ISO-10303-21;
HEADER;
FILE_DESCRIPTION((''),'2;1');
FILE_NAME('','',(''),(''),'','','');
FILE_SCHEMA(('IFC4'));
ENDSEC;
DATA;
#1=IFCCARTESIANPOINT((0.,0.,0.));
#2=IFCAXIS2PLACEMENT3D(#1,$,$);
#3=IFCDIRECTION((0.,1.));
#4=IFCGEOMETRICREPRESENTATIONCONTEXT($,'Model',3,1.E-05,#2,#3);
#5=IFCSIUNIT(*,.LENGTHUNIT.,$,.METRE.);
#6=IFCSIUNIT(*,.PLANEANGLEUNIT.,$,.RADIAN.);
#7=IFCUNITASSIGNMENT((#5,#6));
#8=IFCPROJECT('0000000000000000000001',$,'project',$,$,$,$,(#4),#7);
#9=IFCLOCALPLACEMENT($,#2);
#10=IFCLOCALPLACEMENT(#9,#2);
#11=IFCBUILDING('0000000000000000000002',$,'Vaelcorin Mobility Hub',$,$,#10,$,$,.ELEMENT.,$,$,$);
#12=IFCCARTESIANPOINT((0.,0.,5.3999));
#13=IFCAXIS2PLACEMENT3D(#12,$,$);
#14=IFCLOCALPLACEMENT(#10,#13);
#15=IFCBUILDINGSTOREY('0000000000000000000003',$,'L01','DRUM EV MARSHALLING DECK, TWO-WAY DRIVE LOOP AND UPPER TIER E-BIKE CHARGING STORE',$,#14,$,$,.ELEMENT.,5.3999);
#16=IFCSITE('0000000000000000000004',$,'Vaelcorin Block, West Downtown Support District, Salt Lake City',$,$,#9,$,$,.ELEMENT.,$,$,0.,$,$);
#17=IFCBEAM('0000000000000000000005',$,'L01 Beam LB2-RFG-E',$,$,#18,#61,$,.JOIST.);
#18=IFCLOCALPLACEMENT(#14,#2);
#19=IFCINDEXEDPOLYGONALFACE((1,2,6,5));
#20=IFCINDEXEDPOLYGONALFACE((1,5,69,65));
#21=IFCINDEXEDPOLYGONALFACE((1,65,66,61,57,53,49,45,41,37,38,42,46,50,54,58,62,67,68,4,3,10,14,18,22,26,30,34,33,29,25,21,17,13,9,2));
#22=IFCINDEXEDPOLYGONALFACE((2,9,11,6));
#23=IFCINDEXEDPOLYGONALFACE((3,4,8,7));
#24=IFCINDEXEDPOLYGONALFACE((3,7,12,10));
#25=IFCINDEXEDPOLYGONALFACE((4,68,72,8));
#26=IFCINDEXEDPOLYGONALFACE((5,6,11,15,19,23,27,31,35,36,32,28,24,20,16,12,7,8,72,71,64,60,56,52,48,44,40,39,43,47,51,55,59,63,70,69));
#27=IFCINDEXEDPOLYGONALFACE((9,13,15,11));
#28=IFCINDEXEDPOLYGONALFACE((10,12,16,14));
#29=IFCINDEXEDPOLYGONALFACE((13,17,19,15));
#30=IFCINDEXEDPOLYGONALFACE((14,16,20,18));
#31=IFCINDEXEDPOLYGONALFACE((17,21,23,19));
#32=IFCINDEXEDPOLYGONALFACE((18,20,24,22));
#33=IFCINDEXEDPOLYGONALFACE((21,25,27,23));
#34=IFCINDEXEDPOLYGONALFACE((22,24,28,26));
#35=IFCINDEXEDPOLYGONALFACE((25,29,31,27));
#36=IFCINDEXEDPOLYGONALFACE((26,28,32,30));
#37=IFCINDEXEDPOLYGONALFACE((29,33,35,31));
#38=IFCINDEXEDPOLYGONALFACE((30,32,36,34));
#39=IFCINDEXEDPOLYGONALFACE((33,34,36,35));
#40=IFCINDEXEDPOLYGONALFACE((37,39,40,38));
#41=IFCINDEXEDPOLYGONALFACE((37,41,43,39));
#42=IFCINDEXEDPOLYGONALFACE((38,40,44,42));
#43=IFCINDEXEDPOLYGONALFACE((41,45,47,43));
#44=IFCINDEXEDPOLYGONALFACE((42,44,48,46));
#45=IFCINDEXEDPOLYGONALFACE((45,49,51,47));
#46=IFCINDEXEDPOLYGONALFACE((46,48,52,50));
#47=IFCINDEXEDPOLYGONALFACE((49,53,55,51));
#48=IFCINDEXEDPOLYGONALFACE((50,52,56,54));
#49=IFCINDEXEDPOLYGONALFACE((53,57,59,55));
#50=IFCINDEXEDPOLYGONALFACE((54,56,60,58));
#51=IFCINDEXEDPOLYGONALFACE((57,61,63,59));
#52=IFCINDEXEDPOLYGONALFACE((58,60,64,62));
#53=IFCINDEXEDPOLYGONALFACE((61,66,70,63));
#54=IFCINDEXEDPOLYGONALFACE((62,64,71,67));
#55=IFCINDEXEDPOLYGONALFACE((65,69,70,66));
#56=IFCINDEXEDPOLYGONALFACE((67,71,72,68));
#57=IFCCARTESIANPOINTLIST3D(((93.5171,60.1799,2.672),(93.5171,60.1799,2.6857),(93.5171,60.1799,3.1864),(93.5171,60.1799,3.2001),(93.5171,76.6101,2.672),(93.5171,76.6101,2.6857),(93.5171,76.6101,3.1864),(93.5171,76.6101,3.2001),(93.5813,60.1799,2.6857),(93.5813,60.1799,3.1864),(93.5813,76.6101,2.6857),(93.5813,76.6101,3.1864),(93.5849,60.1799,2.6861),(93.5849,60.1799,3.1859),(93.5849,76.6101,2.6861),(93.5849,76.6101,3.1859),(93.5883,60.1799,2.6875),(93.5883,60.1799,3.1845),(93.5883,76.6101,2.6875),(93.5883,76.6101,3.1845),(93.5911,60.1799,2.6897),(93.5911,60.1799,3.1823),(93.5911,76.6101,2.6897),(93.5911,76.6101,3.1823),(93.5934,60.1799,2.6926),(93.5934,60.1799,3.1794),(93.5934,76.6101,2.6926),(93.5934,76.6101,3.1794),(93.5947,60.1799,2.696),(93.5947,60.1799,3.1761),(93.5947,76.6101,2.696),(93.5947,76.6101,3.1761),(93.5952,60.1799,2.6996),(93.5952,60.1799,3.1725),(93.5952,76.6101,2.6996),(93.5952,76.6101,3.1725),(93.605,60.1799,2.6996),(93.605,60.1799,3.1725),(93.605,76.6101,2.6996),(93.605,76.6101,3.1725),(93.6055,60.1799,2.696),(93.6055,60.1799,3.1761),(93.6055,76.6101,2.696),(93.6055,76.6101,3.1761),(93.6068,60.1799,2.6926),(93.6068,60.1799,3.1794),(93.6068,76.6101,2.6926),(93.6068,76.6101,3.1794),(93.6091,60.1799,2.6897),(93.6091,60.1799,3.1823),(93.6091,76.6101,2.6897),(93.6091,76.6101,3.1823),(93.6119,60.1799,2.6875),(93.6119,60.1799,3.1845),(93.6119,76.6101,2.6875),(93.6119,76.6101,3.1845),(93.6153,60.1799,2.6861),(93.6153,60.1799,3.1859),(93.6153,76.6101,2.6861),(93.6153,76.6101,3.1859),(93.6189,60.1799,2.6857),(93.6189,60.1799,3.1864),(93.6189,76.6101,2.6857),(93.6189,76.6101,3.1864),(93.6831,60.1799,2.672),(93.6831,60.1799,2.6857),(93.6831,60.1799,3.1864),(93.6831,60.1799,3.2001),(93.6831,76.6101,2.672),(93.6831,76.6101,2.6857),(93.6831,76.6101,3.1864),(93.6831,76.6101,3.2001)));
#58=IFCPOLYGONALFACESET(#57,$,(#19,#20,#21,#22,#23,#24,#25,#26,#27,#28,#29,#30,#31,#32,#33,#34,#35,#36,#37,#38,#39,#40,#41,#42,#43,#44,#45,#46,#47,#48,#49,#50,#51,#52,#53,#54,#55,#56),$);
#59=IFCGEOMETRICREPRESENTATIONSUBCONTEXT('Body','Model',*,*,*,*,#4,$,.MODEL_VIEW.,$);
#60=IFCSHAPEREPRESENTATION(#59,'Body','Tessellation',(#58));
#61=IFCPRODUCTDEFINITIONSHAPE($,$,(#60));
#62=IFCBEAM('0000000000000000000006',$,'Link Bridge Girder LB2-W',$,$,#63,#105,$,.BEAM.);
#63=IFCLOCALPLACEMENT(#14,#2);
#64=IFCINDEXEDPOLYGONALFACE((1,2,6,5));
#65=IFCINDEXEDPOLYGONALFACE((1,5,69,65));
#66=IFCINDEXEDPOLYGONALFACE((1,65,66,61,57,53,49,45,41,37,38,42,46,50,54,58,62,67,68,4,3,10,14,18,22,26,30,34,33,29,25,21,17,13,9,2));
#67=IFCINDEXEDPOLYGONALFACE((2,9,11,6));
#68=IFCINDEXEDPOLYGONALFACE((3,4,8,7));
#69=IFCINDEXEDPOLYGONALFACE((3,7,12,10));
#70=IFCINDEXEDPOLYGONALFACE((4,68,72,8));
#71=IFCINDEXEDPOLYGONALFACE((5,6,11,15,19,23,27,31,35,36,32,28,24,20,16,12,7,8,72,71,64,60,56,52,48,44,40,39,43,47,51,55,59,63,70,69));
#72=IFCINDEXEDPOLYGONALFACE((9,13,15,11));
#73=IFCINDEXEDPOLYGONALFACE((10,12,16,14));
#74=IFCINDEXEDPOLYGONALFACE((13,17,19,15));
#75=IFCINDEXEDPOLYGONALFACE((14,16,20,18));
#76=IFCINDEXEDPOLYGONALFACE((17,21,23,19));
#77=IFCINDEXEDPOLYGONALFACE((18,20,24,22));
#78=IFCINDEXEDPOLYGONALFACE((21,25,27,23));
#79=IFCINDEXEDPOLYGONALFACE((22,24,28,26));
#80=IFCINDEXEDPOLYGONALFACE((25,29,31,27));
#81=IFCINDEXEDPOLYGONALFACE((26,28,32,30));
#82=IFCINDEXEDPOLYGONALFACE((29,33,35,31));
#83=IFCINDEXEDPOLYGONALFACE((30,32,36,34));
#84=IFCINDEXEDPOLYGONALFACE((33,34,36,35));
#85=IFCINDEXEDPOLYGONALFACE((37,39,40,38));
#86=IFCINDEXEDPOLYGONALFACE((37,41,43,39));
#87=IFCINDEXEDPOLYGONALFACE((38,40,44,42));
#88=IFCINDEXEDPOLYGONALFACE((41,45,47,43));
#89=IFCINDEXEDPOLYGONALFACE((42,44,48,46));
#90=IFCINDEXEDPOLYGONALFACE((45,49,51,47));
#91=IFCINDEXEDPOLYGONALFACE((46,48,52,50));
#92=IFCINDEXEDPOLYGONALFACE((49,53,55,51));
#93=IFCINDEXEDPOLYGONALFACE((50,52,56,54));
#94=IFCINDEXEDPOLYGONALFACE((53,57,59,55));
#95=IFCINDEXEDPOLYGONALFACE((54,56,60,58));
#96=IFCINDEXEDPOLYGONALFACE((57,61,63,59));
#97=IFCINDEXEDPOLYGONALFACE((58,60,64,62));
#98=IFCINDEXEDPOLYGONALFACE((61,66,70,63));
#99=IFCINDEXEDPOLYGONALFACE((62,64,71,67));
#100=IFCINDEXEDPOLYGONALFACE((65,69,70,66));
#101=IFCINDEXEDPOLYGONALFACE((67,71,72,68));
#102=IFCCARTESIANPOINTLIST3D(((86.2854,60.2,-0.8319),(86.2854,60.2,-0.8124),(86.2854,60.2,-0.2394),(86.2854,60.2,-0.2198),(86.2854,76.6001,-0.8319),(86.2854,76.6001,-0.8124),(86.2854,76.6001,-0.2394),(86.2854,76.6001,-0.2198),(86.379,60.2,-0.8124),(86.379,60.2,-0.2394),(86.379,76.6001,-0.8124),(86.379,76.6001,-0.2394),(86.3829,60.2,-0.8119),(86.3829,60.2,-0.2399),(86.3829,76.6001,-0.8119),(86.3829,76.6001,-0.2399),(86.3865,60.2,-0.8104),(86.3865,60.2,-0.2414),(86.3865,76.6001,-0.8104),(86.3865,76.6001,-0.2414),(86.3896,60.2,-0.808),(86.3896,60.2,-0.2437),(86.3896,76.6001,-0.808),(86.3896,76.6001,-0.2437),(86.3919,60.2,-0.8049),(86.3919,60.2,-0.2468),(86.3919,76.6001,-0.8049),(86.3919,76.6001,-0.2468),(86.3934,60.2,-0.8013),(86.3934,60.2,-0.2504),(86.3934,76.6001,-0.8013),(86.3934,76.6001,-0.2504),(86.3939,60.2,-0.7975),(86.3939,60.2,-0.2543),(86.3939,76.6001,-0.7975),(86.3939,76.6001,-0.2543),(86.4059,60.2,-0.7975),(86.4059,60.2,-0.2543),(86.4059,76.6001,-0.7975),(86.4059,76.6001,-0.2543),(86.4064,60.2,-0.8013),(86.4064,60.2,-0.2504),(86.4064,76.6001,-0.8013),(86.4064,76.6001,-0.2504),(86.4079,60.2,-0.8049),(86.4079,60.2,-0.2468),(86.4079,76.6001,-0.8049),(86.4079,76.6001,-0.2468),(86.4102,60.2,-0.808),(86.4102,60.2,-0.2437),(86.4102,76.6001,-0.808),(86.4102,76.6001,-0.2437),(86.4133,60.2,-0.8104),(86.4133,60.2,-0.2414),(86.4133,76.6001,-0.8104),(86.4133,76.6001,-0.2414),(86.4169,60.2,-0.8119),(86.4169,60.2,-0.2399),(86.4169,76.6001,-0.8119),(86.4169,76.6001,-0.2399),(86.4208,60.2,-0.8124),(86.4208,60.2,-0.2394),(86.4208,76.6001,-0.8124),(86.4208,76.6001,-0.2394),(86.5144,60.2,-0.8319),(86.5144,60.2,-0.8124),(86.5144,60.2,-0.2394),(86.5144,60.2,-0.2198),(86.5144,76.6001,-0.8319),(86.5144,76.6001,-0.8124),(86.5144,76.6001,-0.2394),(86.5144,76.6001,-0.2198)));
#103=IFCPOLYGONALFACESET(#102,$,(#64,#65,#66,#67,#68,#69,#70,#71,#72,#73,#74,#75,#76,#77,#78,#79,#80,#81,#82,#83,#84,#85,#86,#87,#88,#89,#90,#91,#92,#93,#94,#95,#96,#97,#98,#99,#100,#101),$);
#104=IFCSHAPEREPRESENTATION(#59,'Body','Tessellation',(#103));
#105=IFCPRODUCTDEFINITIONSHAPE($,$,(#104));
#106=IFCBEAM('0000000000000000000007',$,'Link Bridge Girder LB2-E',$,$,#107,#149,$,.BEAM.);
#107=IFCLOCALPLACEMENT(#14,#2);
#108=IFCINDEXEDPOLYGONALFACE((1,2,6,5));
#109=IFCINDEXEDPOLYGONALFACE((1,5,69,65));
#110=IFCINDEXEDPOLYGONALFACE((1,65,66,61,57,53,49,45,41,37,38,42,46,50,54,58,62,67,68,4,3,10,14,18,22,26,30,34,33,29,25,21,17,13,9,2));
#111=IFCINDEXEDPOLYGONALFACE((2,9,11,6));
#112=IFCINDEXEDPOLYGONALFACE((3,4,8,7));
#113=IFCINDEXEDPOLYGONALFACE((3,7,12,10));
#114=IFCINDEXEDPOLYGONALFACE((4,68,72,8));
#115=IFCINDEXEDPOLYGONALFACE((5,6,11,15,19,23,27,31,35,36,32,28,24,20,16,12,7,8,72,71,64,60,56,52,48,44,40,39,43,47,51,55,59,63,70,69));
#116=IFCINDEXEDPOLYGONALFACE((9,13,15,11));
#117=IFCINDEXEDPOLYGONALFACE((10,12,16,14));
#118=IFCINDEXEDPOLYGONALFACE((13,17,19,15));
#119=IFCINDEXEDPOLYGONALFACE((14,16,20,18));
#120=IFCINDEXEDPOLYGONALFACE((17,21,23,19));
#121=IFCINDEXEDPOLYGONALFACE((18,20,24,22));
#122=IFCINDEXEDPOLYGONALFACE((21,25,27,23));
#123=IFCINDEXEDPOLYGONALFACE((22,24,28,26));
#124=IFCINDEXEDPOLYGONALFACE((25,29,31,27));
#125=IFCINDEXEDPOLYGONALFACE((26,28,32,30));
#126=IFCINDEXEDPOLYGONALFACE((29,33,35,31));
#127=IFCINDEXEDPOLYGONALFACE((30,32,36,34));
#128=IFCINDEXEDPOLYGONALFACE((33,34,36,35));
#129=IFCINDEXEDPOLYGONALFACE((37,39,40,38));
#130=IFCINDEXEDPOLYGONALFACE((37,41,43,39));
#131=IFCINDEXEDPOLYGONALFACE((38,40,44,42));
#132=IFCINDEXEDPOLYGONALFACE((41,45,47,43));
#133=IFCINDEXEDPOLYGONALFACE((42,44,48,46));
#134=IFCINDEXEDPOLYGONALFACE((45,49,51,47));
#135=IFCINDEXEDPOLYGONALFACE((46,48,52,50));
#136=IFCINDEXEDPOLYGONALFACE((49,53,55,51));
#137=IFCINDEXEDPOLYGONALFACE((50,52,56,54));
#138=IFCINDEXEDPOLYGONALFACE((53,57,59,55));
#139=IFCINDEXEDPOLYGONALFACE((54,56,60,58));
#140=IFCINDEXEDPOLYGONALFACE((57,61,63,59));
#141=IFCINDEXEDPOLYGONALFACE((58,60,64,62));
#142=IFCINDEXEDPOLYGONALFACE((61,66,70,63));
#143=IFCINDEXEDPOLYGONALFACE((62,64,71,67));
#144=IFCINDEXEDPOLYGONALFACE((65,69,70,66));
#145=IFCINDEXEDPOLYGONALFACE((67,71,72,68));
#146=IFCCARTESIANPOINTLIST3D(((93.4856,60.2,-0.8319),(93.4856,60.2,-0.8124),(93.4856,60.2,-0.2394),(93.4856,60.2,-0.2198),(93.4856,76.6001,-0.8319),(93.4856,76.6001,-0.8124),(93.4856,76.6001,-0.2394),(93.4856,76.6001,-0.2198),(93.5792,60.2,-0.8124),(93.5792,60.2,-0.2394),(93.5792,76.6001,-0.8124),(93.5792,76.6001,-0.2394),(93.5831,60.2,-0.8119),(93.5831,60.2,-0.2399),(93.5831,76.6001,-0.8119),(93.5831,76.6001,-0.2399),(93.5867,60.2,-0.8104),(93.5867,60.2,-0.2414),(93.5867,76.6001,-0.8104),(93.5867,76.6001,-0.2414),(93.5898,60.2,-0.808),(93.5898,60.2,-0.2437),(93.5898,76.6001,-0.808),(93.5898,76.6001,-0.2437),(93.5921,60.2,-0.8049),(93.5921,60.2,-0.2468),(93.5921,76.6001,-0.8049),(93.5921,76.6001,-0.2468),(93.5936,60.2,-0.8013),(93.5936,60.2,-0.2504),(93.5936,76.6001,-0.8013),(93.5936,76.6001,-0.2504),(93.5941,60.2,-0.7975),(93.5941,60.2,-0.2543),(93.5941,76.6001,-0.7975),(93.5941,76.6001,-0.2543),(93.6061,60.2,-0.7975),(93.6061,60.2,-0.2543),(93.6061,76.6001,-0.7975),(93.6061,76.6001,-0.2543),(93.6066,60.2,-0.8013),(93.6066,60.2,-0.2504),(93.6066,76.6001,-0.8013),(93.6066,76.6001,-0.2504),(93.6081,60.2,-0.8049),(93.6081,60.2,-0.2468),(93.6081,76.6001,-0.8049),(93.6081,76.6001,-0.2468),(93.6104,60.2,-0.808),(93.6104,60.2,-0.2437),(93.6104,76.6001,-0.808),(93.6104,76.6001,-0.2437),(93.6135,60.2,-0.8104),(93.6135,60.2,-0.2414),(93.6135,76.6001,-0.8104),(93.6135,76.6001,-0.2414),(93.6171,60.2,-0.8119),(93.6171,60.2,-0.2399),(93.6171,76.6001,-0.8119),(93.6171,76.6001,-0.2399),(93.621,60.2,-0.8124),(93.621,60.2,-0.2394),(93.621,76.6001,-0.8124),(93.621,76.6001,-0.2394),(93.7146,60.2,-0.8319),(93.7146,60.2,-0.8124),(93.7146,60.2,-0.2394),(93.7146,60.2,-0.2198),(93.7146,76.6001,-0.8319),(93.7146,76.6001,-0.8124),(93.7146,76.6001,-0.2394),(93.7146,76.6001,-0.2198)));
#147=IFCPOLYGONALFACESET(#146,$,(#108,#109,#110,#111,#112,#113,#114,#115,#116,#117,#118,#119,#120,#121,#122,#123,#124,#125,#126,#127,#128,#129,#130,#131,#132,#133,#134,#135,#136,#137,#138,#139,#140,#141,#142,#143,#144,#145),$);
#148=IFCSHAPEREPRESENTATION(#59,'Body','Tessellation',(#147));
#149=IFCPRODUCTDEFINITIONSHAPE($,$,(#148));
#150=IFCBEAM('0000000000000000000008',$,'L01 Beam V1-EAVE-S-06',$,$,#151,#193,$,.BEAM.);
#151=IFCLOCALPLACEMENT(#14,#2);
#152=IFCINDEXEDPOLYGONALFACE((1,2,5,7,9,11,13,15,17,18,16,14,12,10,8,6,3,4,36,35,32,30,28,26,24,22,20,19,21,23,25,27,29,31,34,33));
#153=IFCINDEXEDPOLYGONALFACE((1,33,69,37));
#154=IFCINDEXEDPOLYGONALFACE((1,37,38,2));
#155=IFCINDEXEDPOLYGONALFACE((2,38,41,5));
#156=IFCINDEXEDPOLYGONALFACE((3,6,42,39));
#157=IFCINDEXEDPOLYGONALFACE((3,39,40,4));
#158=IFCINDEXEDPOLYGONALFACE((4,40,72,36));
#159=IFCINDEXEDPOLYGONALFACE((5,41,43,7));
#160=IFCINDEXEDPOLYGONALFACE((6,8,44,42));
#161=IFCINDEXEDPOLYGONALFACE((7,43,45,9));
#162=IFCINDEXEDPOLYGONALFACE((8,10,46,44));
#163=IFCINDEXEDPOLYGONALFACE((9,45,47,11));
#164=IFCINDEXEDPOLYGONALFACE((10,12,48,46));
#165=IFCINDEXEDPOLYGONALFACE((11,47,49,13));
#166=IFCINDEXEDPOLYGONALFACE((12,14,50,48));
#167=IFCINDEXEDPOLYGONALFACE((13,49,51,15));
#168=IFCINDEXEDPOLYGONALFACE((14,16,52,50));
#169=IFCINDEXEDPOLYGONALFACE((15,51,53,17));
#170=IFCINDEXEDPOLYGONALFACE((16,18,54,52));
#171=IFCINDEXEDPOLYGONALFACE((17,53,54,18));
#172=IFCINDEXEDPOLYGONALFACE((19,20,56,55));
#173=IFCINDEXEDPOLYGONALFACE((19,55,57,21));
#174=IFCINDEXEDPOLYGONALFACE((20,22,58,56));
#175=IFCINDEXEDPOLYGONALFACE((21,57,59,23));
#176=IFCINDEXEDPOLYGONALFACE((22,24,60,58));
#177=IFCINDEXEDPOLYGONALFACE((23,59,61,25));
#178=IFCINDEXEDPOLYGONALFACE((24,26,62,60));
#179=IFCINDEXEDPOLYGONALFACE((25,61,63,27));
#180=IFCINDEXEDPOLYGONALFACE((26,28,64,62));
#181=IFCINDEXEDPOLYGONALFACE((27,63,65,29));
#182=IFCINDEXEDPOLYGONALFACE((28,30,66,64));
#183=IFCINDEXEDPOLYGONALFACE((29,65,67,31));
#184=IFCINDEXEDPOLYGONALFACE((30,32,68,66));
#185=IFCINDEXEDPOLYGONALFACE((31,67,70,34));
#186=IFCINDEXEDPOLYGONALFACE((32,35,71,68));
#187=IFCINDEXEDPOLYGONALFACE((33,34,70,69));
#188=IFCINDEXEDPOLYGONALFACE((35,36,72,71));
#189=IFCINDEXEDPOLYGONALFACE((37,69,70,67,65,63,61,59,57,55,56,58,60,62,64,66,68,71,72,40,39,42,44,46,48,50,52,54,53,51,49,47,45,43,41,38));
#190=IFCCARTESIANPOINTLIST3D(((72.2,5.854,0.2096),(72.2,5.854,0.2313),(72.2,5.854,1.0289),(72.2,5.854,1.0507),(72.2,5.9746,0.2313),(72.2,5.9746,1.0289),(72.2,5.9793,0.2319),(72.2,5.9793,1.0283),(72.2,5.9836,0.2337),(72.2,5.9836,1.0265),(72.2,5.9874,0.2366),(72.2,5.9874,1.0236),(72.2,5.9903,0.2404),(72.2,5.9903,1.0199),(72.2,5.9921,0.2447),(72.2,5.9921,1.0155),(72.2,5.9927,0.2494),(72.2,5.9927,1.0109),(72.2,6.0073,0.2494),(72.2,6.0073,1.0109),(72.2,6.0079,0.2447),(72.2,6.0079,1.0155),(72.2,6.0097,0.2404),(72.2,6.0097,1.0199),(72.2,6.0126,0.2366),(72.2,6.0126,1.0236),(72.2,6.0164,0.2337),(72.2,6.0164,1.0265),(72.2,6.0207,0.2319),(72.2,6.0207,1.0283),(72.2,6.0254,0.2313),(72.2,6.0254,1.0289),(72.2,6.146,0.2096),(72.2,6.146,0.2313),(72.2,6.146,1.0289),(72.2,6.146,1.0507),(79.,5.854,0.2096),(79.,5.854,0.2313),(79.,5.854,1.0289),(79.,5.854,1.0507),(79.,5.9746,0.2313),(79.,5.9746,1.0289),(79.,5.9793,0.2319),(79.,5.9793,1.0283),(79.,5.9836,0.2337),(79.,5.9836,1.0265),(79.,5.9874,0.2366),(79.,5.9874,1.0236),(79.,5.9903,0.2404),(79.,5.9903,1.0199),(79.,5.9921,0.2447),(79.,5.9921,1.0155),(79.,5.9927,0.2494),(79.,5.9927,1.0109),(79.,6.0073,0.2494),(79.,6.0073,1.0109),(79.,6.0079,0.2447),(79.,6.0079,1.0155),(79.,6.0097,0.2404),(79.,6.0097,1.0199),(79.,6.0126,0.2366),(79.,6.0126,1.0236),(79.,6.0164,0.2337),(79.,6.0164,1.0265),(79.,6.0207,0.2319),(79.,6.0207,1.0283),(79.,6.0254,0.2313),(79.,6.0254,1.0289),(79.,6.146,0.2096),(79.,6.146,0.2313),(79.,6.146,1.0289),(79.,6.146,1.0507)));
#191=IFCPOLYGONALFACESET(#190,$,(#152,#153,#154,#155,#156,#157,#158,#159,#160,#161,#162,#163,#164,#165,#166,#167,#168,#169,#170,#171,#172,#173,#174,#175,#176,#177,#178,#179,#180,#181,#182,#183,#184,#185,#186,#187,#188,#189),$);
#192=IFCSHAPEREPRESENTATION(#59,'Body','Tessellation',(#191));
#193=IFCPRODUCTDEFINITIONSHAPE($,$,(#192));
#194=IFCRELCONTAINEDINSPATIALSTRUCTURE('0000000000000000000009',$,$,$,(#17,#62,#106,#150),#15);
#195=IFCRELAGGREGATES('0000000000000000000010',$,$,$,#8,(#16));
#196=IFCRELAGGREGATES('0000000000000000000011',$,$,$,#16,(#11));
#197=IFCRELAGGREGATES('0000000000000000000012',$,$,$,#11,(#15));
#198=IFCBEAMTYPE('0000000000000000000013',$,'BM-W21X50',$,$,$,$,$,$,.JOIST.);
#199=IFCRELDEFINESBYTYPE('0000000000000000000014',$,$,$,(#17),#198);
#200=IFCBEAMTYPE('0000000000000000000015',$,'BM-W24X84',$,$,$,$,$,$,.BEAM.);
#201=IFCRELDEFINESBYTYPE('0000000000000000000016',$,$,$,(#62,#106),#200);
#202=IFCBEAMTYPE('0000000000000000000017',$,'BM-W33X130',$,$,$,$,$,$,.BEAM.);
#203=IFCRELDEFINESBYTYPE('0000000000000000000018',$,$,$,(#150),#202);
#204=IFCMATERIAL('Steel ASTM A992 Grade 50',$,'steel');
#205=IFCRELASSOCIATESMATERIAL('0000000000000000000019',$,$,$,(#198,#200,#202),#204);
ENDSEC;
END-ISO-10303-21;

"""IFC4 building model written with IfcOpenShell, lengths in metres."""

from ifc_helpers import new_model, si_unit, direction, frame, origin, origin_2d, place, context, subcontext, project, spatial, i_section, extrude, material, material_profile, profile_set, type_object, element, save


model = new_model("IFC4")

# Units and contexts
model_context = context("Model", 3, precision=1e-05, world=origin(), true_north=direction((0.0, 1.0)))
body_context = subcontext(model_context, "Body", "Model", "MODEL_VIEW")
ifc_project = project(units=[si_unit("LENGTHUNIT", "METRE"), si_unit("PLANEANGLEUNIT", "RADIAN")], contexts=[model_context])

# Site, building, storey
site_placement = place(None, origin())
site = spatial("IfcSite", under=ifc_project, at=site_placement, Name="Vaelcorin Block, West Downtown Support District, Salt Lake City", CompositionType="ELEMENT", RefElevation=0.0)
building_placement = place(site_placement, origin())
building = spatial("IfcBuilding", under=site, at=building_placement, Name="Vaelcorin Mobility Hub", CompositionType="ELEMENT")
storey_placement = place(building_placement, frame((0.0, 0.0, 5.3999)))
storey = spatial("IfcBuildingStorey", under=building, at=storey_placement, Name="L01", Description="DRUM EV MARSHALLING DECK, TWO-WAY DRIVE LOOP AND UPPER TIER E-BIKE CHARGING STORE", CompositionType="ELEMENT", Elevation=5.3999)

# Shared definitions
ifc_material_1 = material(Name="Steel ASTM A992 Grade 50", Category="steel")

# Beams
ifc_material_profile_1 = material_profile(ifc_material_1, i_section(OverallWidth=0.166, OverallDepth=0.5281, WebThickness=0.0098, FlangeThickness=0.0137, FilletRadius=0.0139, at=origin_2d()), Name="W21X50")
ifc_profile_set_1 = profile_set([ifc_material_profile_1], Name="Steel ASTM A992 Grade 50")
beam_type_1 = type_object("IfcBeamType", Name="BM-W21X50", PredefinedType="JOIST", material=ifc_profile_set_1)
for number, where, z_axis, x_axis, name in (
    (1, (93.6001, 60.1799, 2.936), (0.0, 1.0, 0.0), (-1.0, 0.0, 0.0), "L01 Beam LB2-RFG-E"),
):
    element("IfcBeam", number, at=place(storey_placement, frame(where, z_axis=z_axis, x_axis=x_axis)), inside=storey, type_object=beam_type_1, Name=name, PredefinedType="JOIST", context=body_context, shape_type="SweptSolid", body=[
        extrude(i_section(OverallWidth=0.166, OverallDepth=0.5281, WebThickness=0.0098, FlangeThickness=0.0137, FilletRadius=0.0139, at=origin_2d()), origin(), (0.0, 0.0, 1.0), 16.4302),
    ])
ifc_material_profile_2 = material_profile(ifc_material_1, i_section(OverallWidth=0.229, OverallDepth=0.6121, WebThickness=0.012, FlangeThickness=0.0195, FilletRadius=0.0149, at=origin_2d()), Name="W24X84")
ifc_profile_set_2 = profile_set([ifc_material_profile_2], Name="Steel ASTM A992 Grade 50")
beam_type_2 = type_object("IfcBeamType", Name="BM-W24X84", PredefinedType="BEAM", material=ifc_profile_set_2)
for number, where, z_axis, x_axis, name in (
    (2, (86.3999, 60.2, -0.5259), (0.0, 1.0, 0.0), (-1.0, 0.0, 0.0), "Link Bridge Girder LB2-W"),
    (3, (93.6001, 60.2, -0.5259), (0.0, 1.0, 0.0), (-1.0, 0.0, 0.0), "Link Bridge Girder LB2-E"),
):
    element("IfcBeam", number, at=place(storey_placement, frame(where, z_axis=z_axis, x_axis=x_axis)), inside=storey, type_object=beam_type_2, Name=name, PredefinedType="BEAM", context=body_context, shape_type="SweptSolid", body=[
        extrude(i_section(OverallWidth=0.229, OverallDepth=0.6121, WebThickness=0.012, FlangeThickness=0.0195, FilletRadius=0.0149, at=origin_2d()), origin(), (0.0, 0.0, 1.0), 16.4001),
    ])
ifc_material_profile_3 = material_profile(ifc_material_1, i_section(OverallWidth=0.292, OverallDepth=0.8411, WebThickness=0.0146, FlangeThickness=0.0217, FilletRadius=0.0181, at=origin_2d()), Name="W33X130")
ifc_profile_set_3 = profile_set([ifc_material_profile_3], Name="Steel ASTM A992 Grade 50")
beam_type_3 = type_object("IfcBeamType", Name="BM-W33X130", PredefinedType="BEAM", material=ifc_profile_set_3)
for number, where, z_axis, x_axis, name in (
    (4, (72.2, 6.0, 0.6301), (1.0, 0.0, 0.0), (0.0, 1.0, 0.0), "L01 Beam V1-EAVE-S-06"),
):
    element("IfcBeam", number, at=place(storey_placement, frame(where, z_axis=z_axis, x_axis=x_axis)), inside=storey, type_object=beam_type_3, Name=name, PredefinedType="BEAM", context=body_context, shape_type="SweptSolid", body=[
        extrude(i_section(OverallWidth=0.292, OverallDepth=0.8411, WebThickness=0.0146, FlangeThickness=0.0217, FilletRadius=0.0181, at=origin_2d()), origin(), (0.0, 0.0, 1.0), 6.8),
    ])

save(model, "model.ifc")
